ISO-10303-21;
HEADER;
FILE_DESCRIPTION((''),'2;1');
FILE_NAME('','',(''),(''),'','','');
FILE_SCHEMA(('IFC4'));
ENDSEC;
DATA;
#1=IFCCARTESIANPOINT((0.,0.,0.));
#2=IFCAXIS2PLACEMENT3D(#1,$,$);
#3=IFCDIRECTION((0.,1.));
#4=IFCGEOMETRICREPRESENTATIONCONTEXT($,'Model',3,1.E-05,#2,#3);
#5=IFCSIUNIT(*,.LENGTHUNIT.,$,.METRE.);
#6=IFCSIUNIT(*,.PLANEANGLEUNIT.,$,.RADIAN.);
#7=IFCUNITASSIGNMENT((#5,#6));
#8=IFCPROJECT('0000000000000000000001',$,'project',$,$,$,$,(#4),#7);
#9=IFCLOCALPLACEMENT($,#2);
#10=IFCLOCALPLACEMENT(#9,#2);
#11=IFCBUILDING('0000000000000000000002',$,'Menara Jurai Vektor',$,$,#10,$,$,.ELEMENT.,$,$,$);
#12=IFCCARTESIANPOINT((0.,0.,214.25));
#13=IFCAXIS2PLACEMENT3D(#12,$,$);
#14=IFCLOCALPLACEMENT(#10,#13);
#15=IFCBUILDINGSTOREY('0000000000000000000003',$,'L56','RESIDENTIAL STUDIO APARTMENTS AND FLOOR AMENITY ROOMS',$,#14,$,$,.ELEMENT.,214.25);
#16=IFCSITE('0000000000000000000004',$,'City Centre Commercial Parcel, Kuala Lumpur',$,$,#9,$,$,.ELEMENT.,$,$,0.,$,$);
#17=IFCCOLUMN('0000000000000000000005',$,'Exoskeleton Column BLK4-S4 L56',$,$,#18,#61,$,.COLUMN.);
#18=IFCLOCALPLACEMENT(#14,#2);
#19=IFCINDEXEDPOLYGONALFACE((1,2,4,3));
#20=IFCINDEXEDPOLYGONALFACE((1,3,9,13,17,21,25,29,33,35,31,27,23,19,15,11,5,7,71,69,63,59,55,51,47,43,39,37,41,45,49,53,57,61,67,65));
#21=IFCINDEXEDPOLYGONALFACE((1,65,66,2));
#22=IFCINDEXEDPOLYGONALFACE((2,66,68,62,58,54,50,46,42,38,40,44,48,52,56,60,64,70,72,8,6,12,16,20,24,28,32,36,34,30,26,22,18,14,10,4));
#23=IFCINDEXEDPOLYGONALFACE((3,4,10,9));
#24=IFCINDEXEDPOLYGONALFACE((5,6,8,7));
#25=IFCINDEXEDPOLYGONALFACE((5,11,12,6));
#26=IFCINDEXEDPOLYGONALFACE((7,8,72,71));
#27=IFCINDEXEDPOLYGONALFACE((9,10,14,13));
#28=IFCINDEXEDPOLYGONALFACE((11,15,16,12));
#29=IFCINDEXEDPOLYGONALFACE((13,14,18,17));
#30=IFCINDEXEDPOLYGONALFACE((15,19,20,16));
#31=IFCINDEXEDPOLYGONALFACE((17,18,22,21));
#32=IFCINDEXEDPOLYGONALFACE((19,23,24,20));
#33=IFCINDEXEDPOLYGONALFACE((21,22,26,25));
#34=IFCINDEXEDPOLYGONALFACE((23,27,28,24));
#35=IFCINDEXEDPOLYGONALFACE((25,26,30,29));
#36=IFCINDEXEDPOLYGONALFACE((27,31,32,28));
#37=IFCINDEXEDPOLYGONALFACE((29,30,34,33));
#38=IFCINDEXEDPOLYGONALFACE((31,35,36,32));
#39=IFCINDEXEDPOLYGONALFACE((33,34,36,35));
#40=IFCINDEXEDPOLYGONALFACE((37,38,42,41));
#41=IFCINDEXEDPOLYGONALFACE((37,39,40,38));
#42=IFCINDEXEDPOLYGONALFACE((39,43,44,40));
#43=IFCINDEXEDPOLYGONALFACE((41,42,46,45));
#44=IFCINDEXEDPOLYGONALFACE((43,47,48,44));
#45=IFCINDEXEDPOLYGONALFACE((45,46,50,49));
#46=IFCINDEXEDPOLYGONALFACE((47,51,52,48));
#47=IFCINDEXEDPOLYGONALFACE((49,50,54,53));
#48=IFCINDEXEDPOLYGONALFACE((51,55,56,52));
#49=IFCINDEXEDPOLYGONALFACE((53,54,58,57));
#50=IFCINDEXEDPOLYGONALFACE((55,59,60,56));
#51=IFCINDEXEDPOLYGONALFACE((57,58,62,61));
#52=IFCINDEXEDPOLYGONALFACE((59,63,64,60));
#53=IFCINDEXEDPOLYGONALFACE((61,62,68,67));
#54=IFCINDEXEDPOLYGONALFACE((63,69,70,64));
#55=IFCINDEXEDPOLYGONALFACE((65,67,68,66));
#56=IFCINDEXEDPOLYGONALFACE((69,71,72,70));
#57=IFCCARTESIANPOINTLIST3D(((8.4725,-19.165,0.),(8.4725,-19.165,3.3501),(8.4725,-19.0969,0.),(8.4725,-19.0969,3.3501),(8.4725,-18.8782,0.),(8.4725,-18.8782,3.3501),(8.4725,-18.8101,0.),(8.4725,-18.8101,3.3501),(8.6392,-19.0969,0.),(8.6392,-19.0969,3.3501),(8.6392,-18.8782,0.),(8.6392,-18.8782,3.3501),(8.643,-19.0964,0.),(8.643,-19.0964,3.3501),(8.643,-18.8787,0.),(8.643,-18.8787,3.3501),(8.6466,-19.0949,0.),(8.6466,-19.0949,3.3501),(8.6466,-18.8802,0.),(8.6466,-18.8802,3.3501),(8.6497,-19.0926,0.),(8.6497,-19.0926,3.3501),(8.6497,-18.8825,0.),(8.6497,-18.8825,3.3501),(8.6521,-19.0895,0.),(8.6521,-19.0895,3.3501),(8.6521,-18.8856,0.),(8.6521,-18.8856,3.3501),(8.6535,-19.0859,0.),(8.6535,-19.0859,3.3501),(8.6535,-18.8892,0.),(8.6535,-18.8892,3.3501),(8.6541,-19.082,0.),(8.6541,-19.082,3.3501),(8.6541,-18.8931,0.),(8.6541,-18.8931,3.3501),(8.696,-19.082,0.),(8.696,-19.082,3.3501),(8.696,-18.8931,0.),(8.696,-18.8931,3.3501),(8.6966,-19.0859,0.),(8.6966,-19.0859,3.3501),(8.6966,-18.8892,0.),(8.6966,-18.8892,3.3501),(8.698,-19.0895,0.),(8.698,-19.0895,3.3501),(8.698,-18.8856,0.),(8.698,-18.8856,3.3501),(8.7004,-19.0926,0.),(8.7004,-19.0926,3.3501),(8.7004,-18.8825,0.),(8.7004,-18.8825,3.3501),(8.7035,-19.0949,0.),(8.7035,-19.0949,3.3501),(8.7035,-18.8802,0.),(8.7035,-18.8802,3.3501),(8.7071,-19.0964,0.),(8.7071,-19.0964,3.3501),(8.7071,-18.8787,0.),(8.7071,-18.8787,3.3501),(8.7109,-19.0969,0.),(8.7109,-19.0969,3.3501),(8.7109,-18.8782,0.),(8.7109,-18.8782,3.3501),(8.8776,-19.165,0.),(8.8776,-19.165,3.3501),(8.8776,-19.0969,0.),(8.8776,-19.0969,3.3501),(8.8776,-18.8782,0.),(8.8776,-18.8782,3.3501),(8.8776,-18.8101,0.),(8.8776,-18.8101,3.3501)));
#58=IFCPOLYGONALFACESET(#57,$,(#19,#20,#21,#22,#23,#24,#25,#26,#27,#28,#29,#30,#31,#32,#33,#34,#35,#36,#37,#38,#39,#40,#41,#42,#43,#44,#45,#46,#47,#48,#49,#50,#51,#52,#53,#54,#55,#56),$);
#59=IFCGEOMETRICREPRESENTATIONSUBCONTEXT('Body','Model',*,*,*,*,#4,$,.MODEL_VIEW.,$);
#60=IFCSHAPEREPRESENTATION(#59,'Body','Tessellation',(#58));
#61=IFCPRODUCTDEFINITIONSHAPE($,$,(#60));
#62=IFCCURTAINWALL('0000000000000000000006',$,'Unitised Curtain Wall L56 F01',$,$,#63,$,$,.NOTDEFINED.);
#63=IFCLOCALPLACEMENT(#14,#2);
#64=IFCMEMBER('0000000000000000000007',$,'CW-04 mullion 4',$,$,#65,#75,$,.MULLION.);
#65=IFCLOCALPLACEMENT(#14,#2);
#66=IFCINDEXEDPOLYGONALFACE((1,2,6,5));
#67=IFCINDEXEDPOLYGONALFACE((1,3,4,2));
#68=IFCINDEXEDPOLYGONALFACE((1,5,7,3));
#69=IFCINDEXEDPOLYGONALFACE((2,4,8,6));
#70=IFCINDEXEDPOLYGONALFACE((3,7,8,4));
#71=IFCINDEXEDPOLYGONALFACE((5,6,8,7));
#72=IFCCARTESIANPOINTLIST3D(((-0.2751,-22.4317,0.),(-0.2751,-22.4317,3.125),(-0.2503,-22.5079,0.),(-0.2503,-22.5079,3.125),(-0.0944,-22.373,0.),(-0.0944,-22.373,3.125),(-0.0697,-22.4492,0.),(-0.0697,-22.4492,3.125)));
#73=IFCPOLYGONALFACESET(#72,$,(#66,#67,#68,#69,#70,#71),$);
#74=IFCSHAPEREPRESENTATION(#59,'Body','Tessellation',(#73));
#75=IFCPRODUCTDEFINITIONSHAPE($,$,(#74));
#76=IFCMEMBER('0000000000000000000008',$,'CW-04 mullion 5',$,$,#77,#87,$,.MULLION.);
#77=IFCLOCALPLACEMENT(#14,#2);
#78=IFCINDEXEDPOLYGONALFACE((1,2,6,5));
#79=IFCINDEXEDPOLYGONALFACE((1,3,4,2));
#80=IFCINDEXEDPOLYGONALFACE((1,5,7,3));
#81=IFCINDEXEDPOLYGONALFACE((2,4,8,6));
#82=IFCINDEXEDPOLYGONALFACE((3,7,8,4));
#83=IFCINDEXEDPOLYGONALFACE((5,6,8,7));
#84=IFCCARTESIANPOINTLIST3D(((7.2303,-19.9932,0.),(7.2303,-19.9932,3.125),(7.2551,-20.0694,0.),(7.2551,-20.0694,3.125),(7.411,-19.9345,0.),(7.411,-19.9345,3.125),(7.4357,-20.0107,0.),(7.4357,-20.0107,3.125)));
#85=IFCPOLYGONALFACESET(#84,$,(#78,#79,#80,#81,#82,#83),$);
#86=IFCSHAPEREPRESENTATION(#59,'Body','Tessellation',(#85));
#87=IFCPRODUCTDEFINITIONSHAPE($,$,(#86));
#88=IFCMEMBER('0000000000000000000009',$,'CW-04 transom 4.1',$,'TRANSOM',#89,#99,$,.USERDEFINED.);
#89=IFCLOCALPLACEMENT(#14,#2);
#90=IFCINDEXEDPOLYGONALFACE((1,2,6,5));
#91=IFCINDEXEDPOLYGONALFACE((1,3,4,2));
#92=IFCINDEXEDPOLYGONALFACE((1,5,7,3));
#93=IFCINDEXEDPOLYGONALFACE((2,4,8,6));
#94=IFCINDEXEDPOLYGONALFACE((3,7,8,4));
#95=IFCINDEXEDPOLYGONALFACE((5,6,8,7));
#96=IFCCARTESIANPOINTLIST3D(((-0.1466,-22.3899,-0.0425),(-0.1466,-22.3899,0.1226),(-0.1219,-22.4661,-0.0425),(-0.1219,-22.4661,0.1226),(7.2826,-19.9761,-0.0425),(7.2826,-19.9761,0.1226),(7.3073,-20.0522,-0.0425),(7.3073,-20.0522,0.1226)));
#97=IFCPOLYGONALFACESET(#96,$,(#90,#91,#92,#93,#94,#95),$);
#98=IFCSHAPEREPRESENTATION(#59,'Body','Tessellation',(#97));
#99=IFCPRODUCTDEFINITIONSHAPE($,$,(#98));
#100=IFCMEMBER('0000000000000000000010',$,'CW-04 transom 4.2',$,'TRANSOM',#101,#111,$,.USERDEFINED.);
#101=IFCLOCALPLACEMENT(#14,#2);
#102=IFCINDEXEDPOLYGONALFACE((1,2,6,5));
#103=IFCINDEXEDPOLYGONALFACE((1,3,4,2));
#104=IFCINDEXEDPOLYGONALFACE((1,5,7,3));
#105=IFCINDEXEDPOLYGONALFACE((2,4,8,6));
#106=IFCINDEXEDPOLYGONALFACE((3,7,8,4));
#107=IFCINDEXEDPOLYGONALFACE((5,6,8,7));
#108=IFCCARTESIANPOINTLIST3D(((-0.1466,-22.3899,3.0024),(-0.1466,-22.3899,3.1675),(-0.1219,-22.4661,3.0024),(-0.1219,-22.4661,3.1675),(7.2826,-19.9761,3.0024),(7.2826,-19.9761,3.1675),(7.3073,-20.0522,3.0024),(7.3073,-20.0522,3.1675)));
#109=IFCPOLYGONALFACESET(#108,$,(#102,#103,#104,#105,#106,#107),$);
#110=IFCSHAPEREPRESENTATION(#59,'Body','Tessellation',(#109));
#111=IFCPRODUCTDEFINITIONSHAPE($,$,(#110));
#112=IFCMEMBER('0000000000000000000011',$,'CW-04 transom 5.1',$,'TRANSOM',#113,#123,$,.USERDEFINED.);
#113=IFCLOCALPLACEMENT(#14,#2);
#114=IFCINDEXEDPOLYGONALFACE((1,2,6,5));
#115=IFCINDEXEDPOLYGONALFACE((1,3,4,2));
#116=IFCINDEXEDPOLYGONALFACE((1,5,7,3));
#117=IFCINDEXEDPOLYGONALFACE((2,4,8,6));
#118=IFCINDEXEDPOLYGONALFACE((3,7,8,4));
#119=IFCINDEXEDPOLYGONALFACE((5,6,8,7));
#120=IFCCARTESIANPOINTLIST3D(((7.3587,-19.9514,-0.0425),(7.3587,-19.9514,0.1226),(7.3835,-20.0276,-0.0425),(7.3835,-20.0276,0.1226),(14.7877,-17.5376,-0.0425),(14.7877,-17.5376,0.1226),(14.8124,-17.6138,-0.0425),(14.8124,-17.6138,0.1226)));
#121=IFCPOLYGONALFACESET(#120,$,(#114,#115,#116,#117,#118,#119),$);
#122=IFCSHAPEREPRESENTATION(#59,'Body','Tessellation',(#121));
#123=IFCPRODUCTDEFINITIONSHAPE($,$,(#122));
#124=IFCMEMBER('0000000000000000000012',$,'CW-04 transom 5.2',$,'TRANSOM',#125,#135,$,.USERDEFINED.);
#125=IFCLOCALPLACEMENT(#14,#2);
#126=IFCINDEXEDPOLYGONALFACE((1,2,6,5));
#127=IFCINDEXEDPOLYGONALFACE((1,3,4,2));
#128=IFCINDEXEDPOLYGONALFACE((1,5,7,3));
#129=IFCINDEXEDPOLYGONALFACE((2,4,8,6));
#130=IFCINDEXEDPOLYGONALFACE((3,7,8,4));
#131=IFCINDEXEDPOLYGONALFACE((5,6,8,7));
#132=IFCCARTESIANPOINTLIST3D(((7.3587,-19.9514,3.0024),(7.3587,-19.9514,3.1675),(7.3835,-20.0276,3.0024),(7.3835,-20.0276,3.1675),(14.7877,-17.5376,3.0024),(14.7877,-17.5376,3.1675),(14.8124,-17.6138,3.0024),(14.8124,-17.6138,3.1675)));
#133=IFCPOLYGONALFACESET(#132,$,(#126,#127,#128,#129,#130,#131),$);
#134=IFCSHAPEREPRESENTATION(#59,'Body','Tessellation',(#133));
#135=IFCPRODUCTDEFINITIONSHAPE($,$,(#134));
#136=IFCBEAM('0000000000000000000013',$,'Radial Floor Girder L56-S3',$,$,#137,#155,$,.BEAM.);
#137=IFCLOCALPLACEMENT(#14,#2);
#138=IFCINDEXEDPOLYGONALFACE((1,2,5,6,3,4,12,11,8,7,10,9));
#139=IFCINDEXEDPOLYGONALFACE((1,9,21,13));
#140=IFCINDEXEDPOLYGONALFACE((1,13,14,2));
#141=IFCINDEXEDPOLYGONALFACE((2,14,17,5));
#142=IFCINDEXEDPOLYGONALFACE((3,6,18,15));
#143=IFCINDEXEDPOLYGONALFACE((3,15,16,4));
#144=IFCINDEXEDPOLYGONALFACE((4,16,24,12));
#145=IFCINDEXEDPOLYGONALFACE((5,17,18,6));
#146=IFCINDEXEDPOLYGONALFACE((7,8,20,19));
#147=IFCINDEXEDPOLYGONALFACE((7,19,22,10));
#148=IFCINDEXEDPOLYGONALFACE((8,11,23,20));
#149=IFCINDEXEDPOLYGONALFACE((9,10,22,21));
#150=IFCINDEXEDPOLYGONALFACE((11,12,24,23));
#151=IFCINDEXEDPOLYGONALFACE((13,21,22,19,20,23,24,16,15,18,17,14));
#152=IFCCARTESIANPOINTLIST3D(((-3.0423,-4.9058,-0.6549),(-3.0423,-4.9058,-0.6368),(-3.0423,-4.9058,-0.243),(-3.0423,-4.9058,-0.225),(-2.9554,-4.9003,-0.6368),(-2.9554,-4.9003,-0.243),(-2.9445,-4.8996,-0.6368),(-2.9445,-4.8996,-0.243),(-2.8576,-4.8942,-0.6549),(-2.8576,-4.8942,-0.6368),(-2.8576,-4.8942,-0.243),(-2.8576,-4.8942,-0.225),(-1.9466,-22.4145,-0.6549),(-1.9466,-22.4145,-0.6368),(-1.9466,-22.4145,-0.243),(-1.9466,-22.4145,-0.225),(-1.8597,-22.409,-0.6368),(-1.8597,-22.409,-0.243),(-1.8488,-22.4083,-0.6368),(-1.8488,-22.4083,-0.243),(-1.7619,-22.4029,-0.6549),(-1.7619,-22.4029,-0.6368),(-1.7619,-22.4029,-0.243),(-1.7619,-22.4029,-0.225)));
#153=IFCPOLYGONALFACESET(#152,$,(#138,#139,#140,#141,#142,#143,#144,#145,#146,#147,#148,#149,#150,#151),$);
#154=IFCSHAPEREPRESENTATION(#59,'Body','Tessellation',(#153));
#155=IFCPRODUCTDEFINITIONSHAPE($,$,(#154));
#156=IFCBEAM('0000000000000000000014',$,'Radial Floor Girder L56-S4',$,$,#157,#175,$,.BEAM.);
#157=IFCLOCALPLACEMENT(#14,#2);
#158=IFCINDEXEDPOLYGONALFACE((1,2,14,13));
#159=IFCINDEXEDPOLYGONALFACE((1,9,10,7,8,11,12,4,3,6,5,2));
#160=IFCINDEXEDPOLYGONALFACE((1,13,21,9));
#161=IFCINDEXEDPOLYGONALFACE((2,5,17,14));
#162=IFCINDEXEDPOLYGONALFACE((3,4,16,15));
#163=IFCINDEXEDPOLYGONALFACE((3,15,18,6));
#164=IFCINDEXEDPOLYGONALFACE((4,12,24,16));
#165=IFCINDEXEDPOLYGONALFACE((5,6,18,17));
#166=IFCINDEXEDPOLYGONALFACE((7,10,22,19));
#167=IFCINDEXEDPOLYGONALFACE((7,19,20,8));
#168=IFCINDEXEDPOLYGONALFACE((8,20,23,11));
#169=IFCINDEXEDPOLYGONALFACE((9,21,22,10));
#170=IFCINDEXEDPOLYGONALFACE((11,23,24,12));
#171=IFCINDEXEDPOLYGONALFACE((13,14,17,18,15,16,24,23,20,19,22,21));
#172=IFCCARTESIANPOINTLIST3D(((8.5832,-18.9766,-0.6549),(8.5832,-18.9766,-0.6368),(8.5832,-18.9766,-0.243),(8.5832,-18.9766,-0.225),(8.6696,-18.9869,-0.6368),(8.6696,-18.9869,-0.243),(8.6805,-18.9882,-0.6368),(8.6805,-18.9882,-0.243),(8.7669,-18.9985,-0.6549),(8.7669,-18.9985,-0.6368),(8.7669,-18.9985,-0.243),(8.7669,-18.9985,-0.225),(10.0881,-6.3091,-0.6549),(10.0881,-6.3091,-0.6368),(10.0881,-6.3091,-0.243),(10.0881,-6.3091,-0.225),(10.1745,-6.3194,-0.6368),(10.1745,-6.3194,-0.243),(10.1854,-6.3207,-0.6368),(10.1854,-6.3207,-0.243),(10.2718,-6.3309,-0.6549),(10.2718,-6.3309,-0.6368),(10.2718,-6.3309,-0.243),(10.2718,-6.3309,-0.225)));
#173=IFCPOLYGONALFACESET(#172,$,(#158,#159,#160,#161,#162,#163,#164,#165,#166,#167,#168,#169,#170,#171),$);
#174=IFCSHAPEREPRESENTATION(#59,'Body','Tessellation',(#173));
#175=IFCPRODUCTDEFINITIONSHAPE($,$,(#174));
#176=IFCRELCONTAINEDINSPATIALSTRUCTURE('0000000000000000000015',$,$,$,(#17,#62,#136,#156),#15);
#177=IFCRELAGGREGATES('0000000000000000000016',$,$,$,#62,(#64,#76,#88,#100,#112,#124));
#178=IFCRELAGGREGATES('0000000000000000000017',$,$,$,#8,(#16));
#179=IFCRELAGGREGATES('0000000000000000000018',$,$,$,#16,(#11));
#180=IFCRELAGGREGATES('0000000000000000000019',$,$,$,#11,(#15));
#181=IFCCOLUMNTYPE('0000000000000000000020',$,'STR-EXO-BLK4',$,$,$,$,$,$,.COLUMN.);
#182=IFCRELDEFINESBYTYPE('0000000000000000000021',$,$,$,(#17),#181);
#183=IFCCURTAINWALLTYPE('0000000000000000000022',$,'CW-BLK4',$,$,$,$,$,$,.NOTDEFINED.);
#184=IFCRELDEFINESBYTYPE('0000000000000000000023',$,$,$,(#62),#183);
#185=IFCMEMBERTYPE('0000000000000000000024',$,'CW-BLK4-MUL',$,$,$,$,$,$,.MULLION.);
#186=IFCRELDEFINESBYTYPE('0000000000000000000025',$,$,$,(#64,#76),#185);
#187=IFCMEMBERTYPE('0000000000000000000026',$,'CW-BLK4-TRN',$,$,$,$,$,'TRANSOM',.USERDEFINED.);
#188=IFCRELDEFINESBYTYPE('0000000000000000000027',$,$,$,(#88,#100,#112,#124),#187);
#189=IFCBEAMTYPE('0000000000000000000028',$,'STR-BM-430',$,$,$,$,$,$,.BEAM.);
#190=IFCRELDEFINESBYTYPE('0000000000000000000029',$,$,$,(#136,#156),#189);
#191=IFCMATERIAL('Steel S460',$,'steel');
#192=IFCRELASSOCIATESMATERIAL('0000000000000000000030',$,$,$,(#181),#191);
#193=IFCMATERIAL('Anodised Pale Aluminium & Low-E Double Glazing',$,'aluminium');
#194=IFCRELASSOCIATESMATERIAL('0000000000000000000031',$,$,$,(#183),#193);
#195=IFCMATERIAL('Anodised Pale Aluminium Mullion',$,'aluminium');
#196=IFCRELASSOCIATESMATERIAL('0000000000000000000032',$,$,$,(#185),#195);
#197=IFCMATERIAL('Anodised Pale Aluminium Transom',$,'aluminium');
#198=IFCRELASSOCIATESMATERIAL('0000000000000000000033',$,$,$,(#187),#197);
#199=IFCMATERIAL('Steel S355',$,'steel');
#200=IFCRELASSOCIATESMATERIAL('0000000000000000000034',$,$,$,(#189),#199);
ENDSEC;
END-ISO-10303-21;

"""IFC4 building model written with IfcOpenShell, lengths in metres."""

from ifc_helpers import new_model, si_unit, direction, frame, origin, origin_2d, place, context, subcontext, project, spatial, rectangle, i_section, extrude, material, material_profile, profile_set, type_object, element, aggregate, save


model = new_model("IFC4")

# Units and contexts
model_context = context("Model", 3, precision=1e-05, world=origin(), true_north=direction((0.0, 1.0)))
body_context = subcontext(model_context, "Body", "Model", "MODEL_VIEW")
ifc_project = project(units=[si_unit("LENGTHUNIT", "METRE"), si_unit("PLANEANGLEUNIT", "RADIAN")], contexts=[model_context])

# Site, building, storey
site_placement = place(None, origin())
site = spatial("IfcSite", under=ifc_project, at=site_placement, Name="City Centre Commercial Parcel, Kuala Lumpur", CompositionType="ELEMENT", RefElevation=0.0)
building_placement = place(site_placement, origin())
building = spatial("IfcBuilding", under=site, at=building_placement, Name="Menara Jurai Vektor", CompositionType="ELEMENT")
storey_placement = place(building_placement, frame((0.0, 0.0, 214.25)))
storey = spatial("IfcBuildingStorey", under=building, at=storey_placement, Name="L56", Description="RESIDENTIAL STUDIO APARTMENTS AND FLOOR AMENITY ROOMS", CompositionType="ELEMENT", Elevation=214.25)

# Column
ifc_material_1 = material(Name="Steel S460", Category="steel")
ifc_material_profile_1 = material_profile(ifc_material_1, i_section(OverallWidth=0.405, OverallDepth=0.355, WebThickness=0.042, FlangeThickness=0.0681, FilletRadius=0.0149, at=origin_2d()), Name="HD 400x551")
ifc_profile_set_1 = profile_set([ifc_material_profile_1], Name="Steel S460")
column_type = type_object("IfcColumnType", Name="STR-EXO-BLK4", PredefinedType="COLUMN", material=ifc_profile_set_1)
column_placement = place(storey_placement, frame((8.675, -18.9875, 0.0), z_axis=(0.0, 0.0, 1.0), x_axis=(1.0, 0.0, 0.0)))
element("IfcColumn", 1, at=column_placement, inside=storey, type_object=column_type, Name="Exoskeleton Column BLK4-S4 L56", PredefinedType="COLUMN", context=body_context, shape_type="SweptSolid", body=[
    extrude(i_section(OverallWidth=0.405, OverallDepth=0.355, WebThickness=0.042, FlangeThickness=0.0681, FilletRadius=0.0149, at=origin_2d()), origin(), (0.0, 0.0, 1.0), 3.3501),
])

# Curtain wall, members
ifc_material_2 = material(Name="Anodised Pale Aluminium & Low-E Double Glazing", Category="aluminium")
curtain_wall_type = type_object("IfcCurtainWallType", Name="CW-BLK4", PredefinedType="NOTDEFINED", material=ifc_material_2)
curtain_wall_placement = place(storey_placement, origin())
curtain_wall = element("IfcCurtainWall", 2, at=curtain_wall_placement, inside=storey, type_object=curtain_wall_type, Name="Unitised Curtain Wall L56 F01", PredefinedType="NOTDEFINED")
ifc_material_3 = material(Name="Anodised Pale Aluminium Mullion", Category="aluminium")
ifc_material_profile_2 = material_profile(ifc_material_3, rectangle(XDim=0.0801, YDim=0.1899, at=origin_2d()), Name="ALU MUL 80x190")
ifc_profile_set_2 = profile_set([ifc_material_profile_2], Name="Anodised Pale Aluminium Mullion")
member_type_1 = type_object("IfcMemberType", Name="CW-BLK4-MUL", PredefinedType="MULLION", material=ifc_profile_set_2)
member_1_placement = place(storey_placement, frame((-0.1724, -22.4404, 0.0), z_axis=(0.0, 0.0, 1.0), x_axis=(-0.309017, 0.951056, 0.0)))
member_1 = element("IfcMember", 3, at=member_1_placement, type_object=member_type_1, Name="CW-04 mullion 4", PredefinedType="MULLION", context=body_context, shape_type="SweptSolid", body=[
    extrude(rectangle(XDim=0.0801, YDim=0.1899, at=origin_2d()), origin(), (0.0, 0.0, 1.0), 3.125),
])
member_2_placement = place(storey_placement, frame((7.333, -20.002, 0.0), z_axis=(0.0, 0.0, 1.0), x_axis=(-0.309017, 0.951056, 0.0)))
member_2 = element("IfcMember", 4, at=member_2_placement, type_object=member_type_1, Name="CW-04 mullion 5", PredefinedType="MULLION", context=body_context, shape_type="SweptSolid", body=[
    extrude(rectangle(XDim=0.0801, YDim=0.1899, at=origin_2d()), origin(), (0.0, 0.0, 1.0), 3.125),
])
ifc_material_4 = material(Name="Anodised Pale Aluminium Transom", Category="aluminium")
ifc_material_profile_3 = material_profile(ifc_material_4, rectangle(XDim=0.0801, YDim=0.165, at=origin_2d()), Name="ALU TRN 80x165")
ifc_profile_set_3 = profile_set([ifc_material_profile_3], Name="Anodised Pale Aluminium Transom")
member_type_2 = type_object("IfcMemberType", Name="CW-BLK4-TRN", ElementType="TRANSOM", PredefinedType="USERDEFINED", material=ifc_profile_set_3)
member_3_placement = place(storey_placement, frame((-0.1343, -22.428, 0.04), z_axis=(0.951059, 0.309008, 0.0), x_axis=(-0.309008, 0.951059, 0.0)))
member_3 = element("IfcMember", 5, at=member_3_placement, type_object=member_type_2, Name="CW-04 transom 4.1", ObjectType="TRANSOM", PredefinedType="USERDEFINED", context=body_context, shape_type="SweptSolid", body=[
    extrude(rectangle(XDim=0.0801, YDim=0.165, at=origin_2d()), origin(), (0.0, 0.0, 1.0), 7.8115),
])
member_4_placement = place(storey_placement, frame((-0.1343, -22.428, 3.085), z_axis=(0.951059, 0.309008, 0.0), x_axis=(-0.309008, 0.951059, 0.0)))
member_4 = element("IfcMember", 6, at=member_4_placement, type_object=member_type_2, Name="CW-04 transom 4.2", ObjectType="TRANSOM", PredefinedType="USERDEFINED", context=body_context, shape_type="SweptSolid", body=[
    extrude(rectangle(XDim=0.0801, YDim=0.165, at=origin_2d()), origin(), (0.0, 0.0, 1.0), 7.8115),
])
member_5_placement = place(storey_placement, frame((7.3711, -19.9895, 0.04), z_axis=(0.951056, 0.309018, 0.0), x_axis=(-0.309018, 0.951056, 0.0)))
member_5 = element("IfcMember", 7, at=member_5_placement, type_object=member_type_2, Name="CW-04 transom 5.1", ObjectType="TRANSOM", PredefinedType="USERDEFINED", context=body_context, shape_type="SweptSolid", body=[
    extrude(rectangle(XDim=0.0801, YDim=0.165, at=origin_2d()), origin(), (0.0, 0.0, 1.0), 7.8113),
])
member_6_placement = place(storey_placement, frame((7.3711, -19.9895, 3.085), z_axis=(0.951056, 0.309018, 0.0), x_axis=(-0.309018, 0.951056, 0.0)))
member_6 = element("IfcMember", 8, at=member_6_placement, type_object=member_type_2, Name="CW-04 transom 5.2", ObjectType="TRANSOM", PredefinedType="USERDEFINED", context=body_context, shape_type="SweptSolid", body=[
    extrude(rectangle(XDim=0.0801, YDim=0.165, at=origin_2d()), origin(), (0.0, 0.0, 1.0), 7.8113),
])

# Beams
ifc_material_5 = material(Name="Steel S355", Category="steel")
ifc_material_profile_4 = material_profile(ifc_material_5, i_section(OverallWidth=0.1851, OverallDepth=0.4299, WebThickness=0.011, FlangeThickness=0.0181, at=origin_2d()), Name="PG 430x185x76")
ifc_profile_set_4 = profile_set([ifc_material_profile_4], Name="Steel S355")
beam_type_1 = type_object("IfcBeamType", Name="STR-BM-430", PredefinedType="BEAM", material=ifc_profile_set_4)
beam_1_placement = place(storey_placement, frame((-1.8542, -22.4087, -0.4399), z_axis=(-0.062458, 0.998048, 0.0), x_axis=(-0.998048, -0.062458, 0.0)))
element("IfcBeam", 9, at=beam_1_placement, inside=storey, type_object=beam_type_1, Name="Radial Floor Girder L56-S3", PredefinedType="BEAM", context=body_context, shape_type="SweptSolid", body=[
    extrude(i_section(OverallWidth=0.1851, OverallDepth=0.4299, WebThickness=0.011, FlangeThickness=0.0181, at=origin_2d()), origin(), (0.0, 0.0, 1.0), 17.543),
])
beam_2_placement = place(storey_placement, frame((8.675, -18.9875, -0.4399), z_axis=(0.117969, 0.993017, 0.0), x_axis=(-0.993017, 0.117969, 0.0)))
element("IfcBeam", 10, at=beam_2_placement, inside=storey, type_object=beam_type_1, Name="Radial Floor Girder L56-S4", PredefinedType="BEAM", context=body_context, shape_type="SweptSolid", body=[
    extrude(i_section(OverallWidth=0.1851, OverallDepth=0.4299, WebThickness=0.011, FlangeThickness=0.0181, at=origin_2d()), origin(), (0.0, 0.0, 1.0), 12.7566),
])

aggregate(curtain_wall, [member_1, member_2, member_3, member_4, member_5, member_6])

save(model, "model.ifc")
